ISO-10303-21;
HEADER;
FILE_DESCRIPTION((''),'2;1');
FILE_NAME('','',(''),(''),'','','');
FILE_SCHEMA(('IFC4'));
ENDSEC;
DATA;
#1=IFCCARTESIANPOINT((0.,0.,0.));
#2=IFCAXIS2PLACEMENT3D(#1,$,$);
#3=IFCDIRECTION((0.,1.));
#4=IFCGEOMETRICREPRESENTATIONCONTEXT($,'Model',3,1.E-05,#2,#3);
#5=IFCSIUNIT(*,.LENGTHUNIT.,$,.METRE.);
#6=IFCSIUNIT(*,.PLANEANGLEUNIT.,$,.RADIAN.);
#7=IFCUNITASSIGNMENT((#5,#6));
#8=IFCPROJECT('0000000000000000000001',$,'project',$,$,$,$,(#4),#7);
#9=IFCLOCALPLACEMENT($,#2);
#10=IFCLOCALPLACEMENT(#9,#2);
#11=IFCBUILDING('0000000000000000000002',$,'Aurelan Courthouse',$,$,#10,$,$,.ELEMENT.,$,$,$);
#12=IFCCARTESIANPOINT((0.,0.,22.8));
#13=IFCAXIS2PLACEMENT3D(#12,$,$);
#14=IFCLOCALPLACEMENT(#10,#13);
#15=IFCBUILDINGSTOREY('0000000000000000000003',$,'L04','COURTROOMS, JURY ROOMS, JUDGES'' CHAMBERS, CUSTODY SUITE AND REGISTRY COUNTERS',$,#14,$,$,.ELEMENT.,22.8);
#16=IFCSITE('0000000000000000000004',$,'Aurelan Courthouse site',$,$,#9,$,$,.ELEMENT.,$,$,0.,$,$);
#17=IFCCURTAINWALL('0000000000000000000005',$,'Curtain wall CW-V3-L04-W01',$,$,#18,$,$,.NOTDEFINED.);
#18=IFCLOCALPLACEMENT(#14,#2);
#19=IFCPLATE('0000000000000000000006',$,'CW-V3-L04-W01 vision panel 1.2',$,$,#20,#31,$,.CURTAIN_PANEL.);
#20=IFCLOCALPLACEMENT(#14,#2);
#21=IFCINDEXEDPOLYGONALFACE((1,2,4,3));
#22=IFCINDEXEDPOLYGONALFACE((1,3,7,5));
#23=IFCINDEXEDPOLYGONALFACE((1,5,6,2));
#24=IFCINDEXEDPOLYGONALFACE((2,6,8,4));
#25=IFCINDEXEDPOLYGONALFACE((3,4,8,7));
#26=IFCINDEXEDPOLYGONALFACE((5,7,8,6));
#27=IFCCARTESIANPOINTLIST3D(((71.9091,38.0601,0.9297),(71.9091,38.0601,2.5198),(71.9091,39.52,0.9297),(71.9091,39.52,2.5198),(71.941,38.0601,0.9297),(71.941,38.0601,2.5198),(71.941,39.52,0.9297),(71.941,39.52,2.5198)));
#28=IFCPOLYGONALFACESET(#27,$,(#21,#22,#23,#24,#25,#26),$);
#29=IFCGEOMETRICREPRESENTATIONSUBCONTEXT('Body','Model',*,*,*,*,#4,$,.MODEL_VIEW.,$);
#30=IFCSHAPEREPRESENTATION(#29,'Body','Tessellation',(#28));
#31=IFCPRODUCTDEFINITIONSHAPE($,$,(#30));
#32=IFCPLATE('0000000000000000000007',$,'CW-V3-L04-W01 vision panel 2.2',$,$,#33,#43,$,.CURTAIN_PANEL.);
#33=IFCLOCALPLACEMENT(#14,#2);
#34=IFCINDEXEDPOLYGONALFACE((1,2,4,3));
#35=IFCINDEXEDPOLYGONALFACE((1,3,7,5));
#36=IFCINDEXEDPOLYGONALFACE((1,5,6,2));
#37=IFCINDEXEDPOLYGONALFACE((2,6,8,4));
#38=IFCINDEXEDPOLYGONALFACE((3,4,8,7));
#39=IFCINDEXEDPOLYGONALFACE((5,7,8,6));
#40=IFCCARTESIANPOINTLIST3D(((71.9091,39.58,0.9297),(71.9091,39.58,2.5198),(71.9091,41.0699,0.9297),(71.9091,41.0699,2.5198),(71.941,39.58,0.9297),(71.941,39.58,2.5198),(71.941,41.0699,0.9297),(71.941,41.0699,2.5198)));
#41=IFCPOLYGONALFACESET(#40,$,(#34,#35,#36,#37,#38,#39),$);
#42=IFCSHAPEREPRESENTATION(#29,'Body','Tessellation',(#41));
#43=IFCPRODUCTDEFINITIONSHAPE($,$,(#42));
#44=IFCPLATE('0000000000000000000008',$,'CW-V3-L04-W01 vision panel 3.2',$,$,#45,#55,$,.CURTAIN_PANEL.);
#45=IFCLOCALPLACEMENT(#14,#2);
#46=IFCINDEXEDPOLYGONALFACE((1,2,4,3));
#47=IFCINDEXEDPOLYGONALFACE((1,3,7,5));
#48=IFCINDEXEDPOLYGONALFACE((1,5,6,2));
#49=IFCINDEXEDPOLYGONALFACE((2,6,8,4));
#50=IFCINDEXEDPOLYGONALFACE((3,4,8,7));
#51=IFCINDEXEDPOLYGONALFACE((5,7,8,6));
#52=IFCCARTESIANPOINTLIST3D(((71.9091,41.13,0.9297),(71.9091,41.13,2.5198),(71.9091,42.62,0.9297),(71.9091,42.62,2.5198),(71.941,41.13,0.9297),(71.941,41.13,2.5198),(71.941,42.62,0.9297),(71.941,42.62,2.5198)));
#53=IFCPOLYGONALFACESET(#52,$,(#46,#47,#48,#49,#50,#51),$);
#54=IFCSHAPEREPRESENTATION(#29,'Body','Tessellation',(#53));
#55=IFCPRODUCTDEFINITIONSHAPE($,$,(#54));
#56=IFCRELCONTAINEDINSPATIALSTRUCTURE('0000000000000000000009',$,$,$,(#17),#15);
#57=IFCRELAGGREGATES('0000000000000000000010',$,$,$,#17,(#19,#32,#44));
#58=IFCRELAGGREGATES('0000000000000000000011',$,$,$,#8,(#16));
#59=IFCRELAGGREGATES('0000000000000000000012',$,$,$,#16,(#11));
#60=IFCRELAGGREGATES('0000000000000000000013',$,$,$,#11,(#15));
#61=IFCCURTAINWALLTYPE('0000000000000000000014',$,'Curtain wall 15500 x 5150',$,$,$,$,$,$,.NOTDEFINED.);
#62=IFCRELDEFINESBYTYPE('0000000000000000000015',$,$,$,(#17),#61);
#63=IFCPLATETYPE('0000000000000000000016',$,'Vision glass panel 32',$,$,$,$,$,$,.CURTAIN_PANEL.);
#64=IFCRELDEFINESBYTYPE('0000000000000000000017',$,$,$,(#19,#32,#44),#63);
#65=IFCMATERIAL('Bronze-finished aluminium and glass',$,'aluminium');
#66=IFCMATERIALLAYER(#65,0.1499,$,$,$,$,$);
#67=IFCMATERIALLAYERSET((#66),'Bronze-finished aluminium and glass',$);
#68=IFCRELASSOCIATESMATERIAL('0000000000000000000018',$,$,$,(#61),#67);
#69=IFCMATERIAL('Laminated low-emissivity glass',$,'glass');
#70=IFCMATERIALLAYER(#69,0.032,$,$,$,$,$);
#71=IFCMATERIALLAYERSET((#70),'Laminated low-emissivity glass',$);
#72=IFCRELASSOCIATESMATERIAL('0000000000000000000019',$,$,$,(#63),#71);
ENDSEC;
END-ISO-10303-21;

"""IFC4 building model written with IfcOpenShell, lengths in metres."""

from ifc_helpers import new_model, si_unit, direction, frame, origin, origin_2d, place, context, subcontext, project, spatial, rectangle, extrude, material, layer, layer_set, type_object, element, aggregate, save


model = new_model("IFC4")

# Units and contexts
model_context = context("Model", 3, precision=1e-05, world=origin(), true_north=direction((0.0, 1.0)))
body_context = subcontext(model_context, "Body", "Model", "MODEL_VIEW")
ifc_project = project(units=[si_unit("LENGTHUNIT", "METRE"), si_unit("PLANEANGLEUNIT", "RADIAN")], contexts=[model_context])

# Site, building, storey
site_placement = place(None, origin())
site = spatial("IfcSite", under=ifc_project, at=site_placement, Name="Aurelan Courthouse site", CompositionType="ELEMENT", RefElevation=0.0)
building_placement = place(site_placement, origin())
building = spatial("IfcBuilding", under=site, at=building_placement, Name="Aurelan Courthouse", CompositionType="ELEMENT")
storey_placement = place(building_placement, frame((0.0, 0.0, 22.8)))
storey = spatial("IfcBuildingStorey", under=building, at=storey_placement, Name="L04", Description="COURTROOMS, JURY ROOMS, JUDGES' CHAMBERS, CUSTODY SUITE AND REGISTRY COUNTERS", CompositionType="ELEMENT", Elevation=22.8)

# Curtain wall
ifc_material_1 = material(Name="Bronze-finished aluminium and glass", Category="aluminium")
ifc_layer_1 = layer(ifc_material_1, 0.1499)
ifc_layer_set_1 = layer_set([ifc_layer_1], Name="Bronze-finished aluminium and glass")
curtain_wall_type_1 = type_object("IfcCurtainWallType", Name="Curtain wall 15500 x 5150", PredefinedType="NOTDEFINED", material=ifc_layer_set_1)
curtain_wall_1_placement = place(storey_placement, origin())
curtain_wall_1 = element("IfcCurtainWall", 1, at=curtain_wall_1_placement, inside=storey, type_object=curtain_wall_type_1, Name="Curtain wall CW-V3-L04-W01", PredefinedType="NOTDEFINED")

# Plates
ifc_material_2 = material(Name="Laminated low-emissivity glass", Category="glass")
ifc_layer_2 = layer(ifc_material_2, 0.032)
ifc_layer_set_2 = layer_set([ifc_layer_2], Name="Laminated low-emissivity glass")
plate_type_1 = type_object("IfcPlateType", Name="Vision glass panel 32", PredefinedType="CURTAIN_PANEL", material=ifc_layer_set_2)
plate_1_placement = place(storey_placement, frame((71.925, 38.79, 0.9297), z_axis=(0.0, 0.0, 1.0), x_axis=(0.0, 1.0, 0.0)))
plate_1 = element("IfcPlate", 2, at=plate_1_placement, type_object=plate_type_1, Name="CW-V3-L04-W01 vision panel 1.2", PredefinedType="CURTAIN_PANEL", context=body_context, shape_type="SweptSolid", body=[
    extrude(rectangle(XDim=1.46, YDim=0.032, at=origin_2d()), origin(), (0.0, 0.0, 1.0), 1.5901),
])
plate_2_placement = place(storey_placement, frame((71.925, 40.325, 0.9297), z_axis=(0.0, 0.0, 1.0), x_axis=(0.0, 1.0, 0.0)))
plate_2 = element("IfcPlate", 3, at=plate_2_placement, type_object=plate_type_1, Name="CW-V3-L04-W01 vision panel 2.2", PredefinedType="CURTAIN_PANEL", context=body_context, shape_type="SweptSolid", body=[
    extrude(rectangle(XDim=1.49, YDim=0.032, at=origin_2d()), origin(), (0.0, 0.0, 1.0), 1.5901),
])
plate_3_placement = place(storey_placement, frame((71.925, 41.875, 0.9297), z_axis=(0.0, 0.0, 1.0), x_axis=(0.0, 1.0, 0.0)))
plate_3 = element("IfcPlate", 4, at=plate_3_placement, type_object=plate_type_1, Name="CW-V3-L04-W01 vision panel 3.2", PredefinedType="CURTAIN_PANEL", context=body_context, shape_type="SweptSolid", body=[
    extrude(rectangle(XDim=1.49, YDim=0.032, at=origin_2d()), origin(), (0.0, 0.0, 1.0), 1.5901),
])
aggregate(curtain_wall_1, [plate_1, plate_2, plate_3])

save(model, "model.ifc")
